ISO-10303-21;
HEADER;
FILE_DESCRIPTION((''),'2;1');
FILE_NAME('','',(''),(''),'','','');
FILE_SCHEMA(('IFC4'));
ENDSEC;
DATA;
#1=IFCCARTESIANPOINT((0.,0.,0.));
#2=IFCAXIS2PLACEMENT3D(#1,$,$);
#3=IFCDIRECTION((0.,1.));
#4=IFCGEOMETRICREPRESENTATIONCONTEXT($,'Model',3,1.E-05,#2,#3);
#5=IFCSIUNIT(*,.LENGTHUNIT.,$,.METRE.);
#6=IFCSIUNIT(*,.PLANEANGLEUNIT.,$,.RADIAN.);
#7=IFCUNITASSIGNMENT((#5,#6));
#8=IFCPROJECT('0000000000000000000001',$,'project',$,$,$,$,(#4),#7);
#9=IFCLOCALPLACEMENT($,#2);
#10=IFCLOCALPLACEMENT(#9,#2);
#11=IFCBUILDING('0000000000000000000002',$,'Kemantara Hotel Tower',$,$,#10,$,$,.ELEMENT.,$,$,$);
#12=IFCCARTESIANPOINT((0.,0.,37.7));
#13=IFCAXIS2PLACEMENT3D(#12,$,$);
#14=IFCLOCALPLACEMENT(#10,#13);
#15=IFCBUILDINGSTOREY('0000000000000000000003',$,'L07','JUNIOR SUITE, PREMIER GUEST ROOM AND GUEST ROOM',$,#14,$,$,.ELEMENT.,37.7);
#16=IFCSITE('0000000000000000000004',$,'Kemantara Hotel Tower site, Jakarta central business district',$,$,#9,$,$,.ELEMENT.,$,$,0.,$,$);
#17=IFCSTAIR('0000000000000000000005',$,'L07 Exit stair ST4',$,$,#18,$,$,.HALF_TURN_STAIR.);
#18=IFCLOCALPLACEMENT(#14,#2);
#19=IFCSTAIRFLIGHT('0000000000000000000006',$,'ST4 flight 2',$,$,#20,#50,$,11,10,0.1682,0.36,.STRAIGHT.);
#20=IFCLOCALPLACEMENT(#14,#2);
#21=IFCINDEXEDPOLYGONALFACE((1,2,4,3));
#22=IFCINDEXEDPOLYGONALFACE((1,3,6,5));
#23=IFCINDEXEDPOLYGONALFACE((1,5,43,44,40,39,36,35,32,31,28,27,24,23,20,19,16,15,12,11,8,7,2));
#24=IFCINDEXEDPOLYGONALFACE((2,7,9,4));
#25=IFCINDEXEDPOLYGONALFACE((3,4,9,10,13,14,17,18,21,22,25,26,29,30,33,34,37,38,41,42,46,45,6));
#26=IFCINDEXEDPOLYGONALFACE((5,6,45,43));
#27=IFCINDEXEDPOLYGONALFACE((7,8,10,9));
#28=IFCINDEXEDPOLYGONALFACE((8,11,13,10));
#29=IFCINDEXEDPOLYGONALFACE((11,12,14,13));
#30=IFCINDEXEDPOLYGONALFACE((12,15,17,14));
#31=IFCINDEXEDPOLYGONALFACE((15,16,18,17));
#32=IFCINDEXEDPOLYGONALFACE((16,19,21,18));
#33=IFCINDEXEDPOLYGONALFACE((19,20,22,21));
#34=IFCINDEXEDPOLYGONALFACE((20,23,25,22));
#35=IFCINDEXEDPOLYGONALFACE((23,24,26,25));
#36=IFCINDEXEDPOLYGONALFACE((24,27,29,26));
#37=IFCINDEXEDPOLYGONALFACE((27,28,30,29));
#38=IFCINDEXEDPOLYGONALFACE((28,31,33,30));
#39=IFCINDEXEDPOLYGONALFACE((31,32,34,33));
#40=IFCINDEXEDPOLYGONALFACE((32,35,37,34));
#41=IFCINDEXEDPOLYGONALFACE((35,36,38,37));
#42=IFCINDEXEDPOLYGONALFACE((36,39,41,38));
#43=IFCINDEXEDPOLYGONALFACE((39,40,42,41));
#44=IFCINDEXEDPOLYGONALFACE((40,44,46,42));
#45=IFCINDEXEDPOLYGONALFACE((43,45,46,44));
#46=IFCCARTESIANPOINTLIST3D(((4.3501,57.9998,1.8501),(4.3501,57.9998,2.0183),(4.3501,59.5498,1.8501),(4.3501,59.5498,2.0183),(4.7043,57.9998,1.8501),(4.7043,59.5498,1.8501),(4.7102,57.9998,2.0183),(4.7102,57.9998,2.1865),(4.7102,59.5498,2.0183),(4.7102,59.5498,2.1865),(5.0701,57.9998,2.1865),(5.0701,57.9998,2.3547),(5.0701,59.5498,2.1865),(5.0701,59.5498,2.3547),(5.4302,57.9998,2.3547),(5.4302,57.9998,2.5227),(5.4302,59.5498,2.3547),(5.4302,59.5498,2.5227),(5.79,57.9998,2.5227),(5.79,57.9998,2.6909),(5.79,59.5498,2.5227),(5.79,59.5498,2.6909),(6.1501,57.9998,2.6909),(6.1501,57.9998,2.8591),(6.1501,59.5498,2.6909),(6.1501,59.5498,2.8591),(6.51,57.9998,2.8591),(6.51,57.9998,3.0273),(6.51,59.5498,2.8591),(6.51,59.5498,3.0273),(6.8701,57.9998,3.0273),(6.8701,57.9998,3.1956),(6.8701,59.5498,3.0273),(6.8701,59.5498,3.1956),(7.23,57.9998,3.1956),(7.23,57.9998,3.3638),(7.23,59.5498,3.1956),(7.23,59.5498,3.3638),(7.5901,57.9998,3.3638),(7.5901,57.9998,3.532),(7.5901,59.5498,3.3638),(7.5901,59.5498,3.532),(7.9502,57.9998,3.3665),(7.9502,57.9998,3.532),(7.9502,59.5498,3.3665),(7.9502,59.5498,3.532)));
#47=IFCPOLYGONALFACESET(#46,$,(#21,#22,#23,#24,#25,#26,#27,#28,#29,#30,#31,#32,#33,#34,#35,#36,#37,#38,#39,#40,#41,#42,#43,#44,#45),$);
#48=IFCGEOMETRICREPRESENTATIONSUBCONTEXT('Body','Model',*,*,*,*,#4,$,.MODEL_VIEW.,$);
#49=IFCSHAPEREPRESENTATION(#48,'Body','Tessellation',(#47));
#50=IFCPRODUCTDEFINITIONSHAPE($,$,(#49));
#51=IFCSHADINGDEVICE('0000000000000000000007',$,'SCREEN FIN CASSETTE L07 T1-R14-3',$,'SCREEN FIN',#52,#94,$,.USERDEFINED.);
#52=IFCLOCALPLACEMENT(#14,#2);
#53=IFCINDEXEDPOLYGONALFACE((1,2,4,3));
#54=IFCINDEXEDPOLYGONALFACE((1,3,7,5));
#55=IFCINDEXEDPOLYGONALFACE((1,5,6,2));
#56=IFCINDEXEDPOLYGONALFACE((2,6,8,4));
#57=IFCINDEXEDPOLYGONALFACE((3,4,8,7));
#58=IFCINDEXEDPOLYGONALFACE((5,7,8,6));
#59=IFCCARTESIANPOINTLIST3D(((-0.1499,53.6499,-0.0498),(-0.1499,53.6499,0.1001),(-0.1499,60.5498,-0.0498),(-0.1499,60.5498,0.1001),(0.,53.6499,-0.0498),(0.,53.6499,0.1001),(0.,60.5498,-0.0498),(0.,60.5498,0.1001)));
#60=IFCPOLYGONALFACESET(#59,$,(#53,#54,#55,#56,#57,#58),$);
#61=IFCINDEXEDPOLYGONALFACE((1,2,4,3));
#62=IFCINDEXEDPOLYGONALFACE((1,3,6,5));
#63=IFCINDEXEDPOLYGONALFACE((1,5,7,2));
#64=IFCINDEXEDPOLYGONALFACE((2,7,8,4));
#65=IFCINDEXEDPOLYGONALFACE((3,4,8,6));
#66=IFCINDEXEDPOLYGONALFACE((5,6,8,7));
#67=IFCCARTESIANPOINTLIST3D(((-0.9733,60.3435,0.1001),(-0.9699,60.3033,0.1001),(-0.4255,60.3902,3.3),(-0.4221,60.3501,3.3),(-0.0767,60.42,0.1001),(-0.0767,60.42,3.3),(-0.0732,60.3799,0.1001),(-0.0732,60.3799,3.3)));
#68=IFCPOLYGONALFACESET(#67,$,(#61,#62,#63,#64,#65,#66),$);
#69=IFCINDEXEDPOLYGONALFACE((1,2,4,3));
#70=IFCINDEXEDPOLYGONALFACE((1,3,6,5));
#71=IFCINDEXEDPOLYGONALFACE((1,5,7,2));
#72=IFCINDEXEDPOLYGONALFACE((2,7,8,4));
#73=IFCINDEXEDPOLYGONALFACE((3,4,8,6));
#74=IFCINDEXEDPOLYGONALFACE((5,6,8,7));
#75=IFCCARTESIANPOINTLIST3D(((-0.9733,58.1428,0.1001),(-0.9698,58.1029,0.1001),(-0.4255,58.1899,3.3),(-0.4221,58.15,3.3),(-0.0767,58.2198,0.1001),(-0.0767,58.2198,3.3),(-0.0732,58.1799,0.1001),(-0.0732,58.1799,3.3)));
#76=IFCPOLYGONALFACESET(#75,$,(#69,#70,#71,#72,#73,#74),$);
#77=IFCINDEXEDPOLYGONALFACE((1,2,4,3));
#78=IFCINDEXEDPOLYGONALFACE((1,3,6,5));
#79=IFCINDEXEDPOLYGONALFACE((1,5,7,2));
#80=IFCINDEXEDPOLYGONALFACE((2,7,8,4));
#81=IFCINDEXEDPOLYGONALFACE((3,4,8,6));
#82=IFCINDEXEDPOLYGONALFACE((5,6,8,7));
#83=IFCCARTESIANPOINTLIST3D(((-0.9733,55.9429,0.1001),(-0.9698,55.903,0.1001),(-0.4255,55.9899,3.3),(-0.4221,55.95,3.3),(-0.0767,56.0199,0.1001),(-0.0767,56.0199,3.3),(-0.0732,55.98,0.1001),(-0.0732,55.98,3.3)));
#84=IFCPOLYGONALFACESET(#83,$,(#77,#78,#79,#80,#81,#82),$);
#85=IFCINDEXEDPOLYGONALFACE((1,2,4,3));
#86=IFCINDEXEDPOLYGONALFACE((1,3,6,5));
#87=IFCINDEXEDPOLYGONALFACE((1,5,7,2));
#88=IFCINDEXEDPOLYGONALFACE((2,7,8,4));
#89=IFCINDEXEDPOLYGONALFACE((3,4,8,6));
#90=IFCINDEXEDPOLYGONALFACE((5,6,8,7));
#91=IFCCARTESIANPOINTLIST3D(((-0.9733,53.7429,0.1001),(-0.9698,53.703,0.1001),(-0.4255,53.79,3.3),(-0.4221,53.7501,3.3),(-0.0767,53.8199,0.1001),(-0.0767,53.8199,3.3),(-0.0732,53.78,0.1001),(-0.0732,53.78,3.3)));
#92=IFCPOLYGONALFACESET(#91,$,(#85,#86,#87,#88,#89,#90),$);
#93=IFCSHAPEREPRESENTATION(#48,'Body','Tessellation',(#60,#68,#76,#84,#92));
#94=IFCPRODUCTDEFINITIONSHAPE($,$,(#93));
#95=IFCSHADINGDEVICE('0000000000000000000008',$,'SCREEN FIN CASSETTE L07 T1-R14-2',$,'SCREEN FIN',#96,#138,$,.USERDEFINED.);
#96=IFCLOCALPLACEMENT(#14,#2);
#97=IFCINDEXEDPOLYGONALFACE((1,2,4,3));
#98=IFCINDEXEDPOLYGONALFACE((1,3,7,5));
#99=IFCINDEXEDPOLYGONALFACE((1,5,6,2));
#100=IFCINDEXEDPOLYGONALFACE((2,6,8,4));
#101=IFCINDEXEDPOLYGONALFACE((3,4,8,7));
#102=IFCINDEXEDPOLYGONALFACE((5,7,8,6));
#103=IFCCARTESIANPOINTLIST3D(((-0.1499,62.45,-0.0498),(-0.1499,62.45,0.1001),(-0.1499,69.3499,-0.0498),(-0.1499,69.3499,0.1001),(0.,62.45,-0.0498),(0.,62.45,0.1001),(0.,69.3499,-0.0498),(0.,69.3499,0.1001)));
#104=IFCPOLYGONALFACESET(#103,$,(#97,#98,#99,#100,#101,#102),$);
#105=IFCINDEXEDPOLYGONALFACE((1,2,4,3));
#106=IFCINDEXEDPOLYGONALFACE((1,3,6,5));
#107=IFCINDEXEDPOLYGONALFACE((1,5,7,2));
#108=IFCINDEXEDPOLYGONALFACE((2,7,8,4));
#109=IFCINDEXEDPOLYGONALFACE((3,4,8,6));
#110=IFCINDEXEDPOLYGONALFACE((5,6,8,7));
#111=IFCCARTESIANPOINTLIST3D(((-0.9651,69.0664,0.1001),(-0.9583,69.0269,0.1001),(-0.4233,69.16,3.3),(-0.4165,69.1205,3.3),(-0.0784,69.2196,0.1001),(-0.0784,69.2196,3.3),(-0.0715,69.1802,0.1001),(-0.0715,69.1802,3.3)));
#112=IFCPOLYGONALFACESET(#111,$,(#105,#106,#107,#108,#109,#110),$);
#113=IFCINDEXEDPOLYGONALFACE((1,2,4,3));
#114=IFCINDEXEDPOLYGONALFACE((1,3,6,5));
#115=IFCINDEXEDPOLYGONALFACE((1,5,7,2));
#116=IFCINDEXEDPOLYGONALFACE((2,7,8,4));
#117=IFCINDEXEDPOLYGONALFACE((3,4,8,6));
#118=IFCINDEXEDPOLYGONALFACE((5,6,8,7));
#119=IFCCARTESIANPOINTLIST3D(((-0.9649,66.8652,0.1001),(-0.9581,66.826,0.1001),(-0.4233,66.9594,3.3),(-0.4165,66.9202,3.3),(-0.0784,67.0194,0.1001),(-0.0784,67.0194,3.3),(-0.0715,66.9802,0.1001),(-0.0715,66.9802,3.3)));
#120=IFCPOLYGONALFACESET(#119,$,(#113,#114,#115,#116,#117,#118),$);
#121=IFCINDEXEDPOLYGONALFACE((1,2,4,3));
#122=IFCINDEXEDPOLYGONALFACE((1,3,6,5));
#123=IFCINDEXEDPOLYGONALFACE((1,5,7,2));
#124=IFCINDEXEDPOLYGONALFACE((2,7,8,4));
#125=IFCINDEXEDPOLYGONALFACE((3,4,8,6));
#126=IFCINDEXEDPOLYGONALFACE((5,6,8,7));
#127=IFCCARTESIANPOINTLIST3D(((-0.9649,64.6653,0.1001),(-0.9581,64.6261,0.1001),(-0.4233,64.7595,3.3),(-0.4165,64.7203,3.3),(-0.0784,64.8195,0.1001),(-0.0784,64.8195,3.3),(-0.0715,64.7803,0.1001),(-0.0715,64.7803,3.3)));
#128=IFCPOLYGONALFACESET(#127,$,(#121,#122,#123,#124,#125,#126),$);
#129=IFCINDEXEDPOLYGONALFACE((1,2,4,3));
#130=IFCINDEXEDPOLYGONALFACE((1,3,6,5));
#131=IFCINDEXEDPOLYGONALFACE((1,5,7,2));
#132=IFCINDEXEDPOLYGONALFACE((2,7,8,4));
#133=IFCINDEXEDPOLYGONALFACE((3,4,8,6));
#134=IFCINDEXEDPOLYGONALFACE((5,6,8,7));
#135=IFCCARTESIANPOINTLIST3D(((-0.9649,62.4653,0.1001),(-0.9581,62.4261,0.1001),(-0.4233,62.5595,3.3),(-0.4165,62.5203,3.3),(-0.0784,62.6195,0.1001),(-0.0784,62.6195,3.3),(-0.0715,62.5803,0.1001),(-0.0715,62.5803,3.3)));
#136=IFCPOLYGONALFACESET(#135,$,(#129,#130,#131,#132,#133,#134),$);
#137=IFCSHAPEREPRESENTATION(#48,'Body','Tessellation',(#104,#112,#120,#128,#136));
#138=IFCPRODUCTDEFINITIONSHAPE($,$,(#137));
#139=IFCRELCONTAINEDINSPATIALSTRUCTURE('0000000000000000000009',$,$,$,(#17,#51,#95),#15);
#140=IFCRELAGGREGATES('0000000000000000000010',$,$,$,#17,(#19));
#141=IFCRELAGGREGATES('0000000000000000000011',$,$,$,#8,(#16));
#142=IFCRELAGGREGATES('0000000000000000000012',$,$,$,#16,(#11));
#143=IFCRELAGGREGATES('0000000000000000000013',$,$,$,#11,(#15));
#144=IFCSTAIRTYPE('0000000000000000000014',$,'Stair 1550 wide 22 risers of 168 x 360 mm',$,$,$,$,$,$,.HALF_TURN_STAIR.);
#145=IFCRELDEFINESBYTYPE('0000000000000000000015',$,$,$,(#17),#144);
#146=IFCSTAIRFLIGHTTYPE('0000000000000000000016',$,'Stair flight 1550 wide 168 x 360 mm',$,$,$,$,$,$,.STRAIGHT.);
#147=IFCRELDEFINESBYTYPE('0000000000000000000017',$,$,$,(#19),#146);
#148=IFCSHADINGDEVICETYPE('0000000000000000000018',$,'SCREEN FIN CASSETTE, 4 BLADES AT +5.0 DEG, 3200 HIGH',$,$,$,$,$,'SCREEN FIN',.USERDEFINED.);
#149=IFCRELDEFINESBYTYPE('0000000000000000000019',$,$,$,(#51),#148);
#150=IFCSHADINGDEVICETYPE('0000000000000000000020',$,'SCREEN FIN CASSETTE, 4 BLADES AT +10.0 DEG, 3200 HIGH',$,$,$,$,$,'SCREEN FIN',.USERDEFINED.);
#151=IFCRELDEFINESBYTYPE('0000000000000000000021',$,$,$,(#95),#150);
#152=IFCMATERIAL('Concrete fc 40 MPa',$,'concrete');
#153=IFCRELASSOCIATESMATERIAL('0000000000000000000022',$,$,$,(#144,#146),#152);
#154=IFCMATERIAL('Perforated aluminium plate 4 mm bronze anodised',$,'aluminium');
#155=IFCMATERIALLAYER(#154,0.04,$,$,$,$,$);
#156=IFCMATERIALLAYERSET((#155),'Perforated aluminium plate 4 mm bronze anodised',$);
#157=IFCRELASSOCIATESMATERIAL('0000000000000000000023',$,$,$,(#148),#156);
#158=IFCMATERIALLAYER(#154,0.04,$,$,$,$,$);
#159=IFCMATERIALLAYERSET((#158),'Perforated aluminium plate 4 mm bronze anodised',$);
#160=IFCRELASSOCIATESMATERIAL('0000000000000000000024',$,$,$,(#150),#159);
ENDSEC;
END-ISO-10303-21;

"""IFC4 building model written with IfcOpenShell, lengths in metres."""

from ifc_helpers import new_model, si_unit, direction, frame, origin, origin_2d, place, context, subcontext, project, spatial, polyline, rectangle, outline, extrude, source, transform, mapped, material, layer, layer_set, type_object, element, aggregate, save


model = new_model("IFC4")

# Units and contexts
model_context = context("Model", 3, precision=1e-05, world=origin(), true_north=direction((0.0, 1.0)))
body_context = subcontext(model_context, "Body", "Model", "MODEL_VIEW")
ifc_project = project(units=[si_unit("LENGTHUNIT", "METRE"), si_unit("PLANEANGLEUNIT", "RADIAN")], contexts=[model_context])

# Site, building, storey
site_placement = place(None, origin())
site = spatial("IfcSite", under=ifc_project, at=site_placement, Name="Kemantara Hotel Tower site, Jakarta central business district", CompositionType="ELEMENT", RefElevation=0.0)
building_placement = place(site_placement, origin())
building = spatial("IfcBuilding", under=site, at=building_placement, Name="Kemantara Hotel Tower", CompositionType="ELEMENT")
storey_placement = place(building_placement, frame((0.0, 0.0, 37.7)))
storey = spatial("IfcBuildingStorey", under=building, at=storey_placement, Name="L07", Description="JUNIOR SUITE, PREMIER GUEST ROOM AND GUEST ROOM", CompositionType="ELEMENT", Elevation=37.7)

# Shared definitions
ifc_material_1 = material(Name="Concrete fc 40 MPa", Category="concrete")

# Stair, stair flight
stair_type = type_object("IfcStairType", Name="Stair 1550 wide 22 risers of 168 x 360 mm", PredefinedType="HALF_TURN_STAIR", material=ifc_material_1)
stair_placement = place(storey_placement, origin())
stair = element("IfcStair", 1, at=stair_placement, inside=storey, type_object=stair_type, Name="L07 Exit stair ST4", PredefinedType="HALF_TURN_STAIR")
stair_flight_type = type_object("IfcStairFlightType", Name="Stair flight 1550 wide 168 x 360 mm", PredefinedType="STRAIGHT", material=ifc_material_1)
stair_flight_1_placement = place(storey_placement, frame((4.3501, 58.7749, 1.8501), z_axis=(0.0, 0.0, 1.0), x_axis=(1.0, 0.0, 0.0)))
stair_flight_1 = element("IfcStairFlight", 2, at=stair_flight_1_placement, type_object=stair_flight_type, Name="ST4 flight 2", NumberOfRisers=11, NumberOfTreads=10, PredefinedType="STRAIGHT", RiserHeight=0.1682, TreadLength=0.36, context=body_context, shape_type="SweptSolid", body=[
    extrude(outline(polyline([(0.0, 0.0), (0.0, 0.1682), (0.3601, 0.1682), (0.3601, 0.3364), (0.72, 0.3364), (0.72, 0.5046), (1.0801, 0.5046), (1.0801, 0.6726), (1.4399, 0.6726), (1.4399, 0.8408), (1.8, 0.8408), (1.8, 1.009), (2.1599, 1.009), (2.1599, 1.1772), (2.52, 1.1772), (2.52, 1.3455), (2.8799, 1.3455), (2.8799, 1.5137), (3.24, 1.5137), (3.24, 1.6819), (3.6001, 1.6819), (3.6001, 1.8501), (3.6001, 1.5164), (0.3542, 0.0), (0.0, 0.0)])), frame((0.0, 0.7749, 0.0), z_axis=(0.0, -1.0, 0.0), x_axis=(1.0, 0.0, 0.0)), (0.0, 0.0, 1.0), 1.55),
])
aggregate(stair, [stair_flight_1])

# Shading devices
ifc_material_2 = material(Name="Perforated aluminium plate 4 mm bronze anodised", Category="aluminium")
ifc_layer_1 = layer(ifc_material_2, 0.04)
ifc_layer_set_1 = layer_set([ifc_layer_1], Name="Perforated aluminium plate 4 mm bronze anodised")
shading_device_type_1 = type_object("IfcShadingDeviceType", Name="SCREEN FIN CASSETTE, 4 BLADES AT +5.0 DEG, 3200 HIGH", ElementType="SCREEN FIN", PredefinedType="USERDEFINED", material=ifc_layer_set_1)
shared_shape_1 = source(origin(), body_context, "Body", "SweptSolid", [
    extrude(rectangle(XDim=6.8999, YDim=0.1499, at=origin_2d()), frame((3.3, -0.075, -0.1499), z_axis=(0.0, 0.0, 1.0), x_axis=(1.0, 0.0, 0.0)), (0.0, 0.0, 1.0), 0.1499),
    extrude(outline(polyline([(0.0, 0.0), (0.8999, 0.0), (0.3501, 3.2), (0.0, 3.2), (0.0, 0.0)])), frame((0.02, -0.0732, 0.0), z_axis=(-0.996376, -0.085056, 0.0), x_axis=(0.085056, -0.996376, 0.0)), (0.0, 0.0, 1.0), 0.0403),
    extrude(outline(polyline([(0.0, 0.0), (0.8999, 0.0), (0.3501, 3.2), (0.0, 3.2), (0.0, 0.0)])), frame((2.22, -0.0732, 0.0), z_axis=(-0.996332, -0.085575, 0.0), x_axis=(0.085575, -0.996332, 0.0)), (0.0, 0.0, 1.0), 0.04),
    extrude(outline(polyline([(0.0, 0.0), (0.8999, 0.0), (0.3501, 3.2), (0.0, 3.2), (0.0, 0.0)])), frame((4.4199, -0.0732, 0.0), z_axis=(-0.996332, -0.085575, 0.0), x_axis=(0.085575, -0.996332, 0.0)), (0.0, 0.0, 1.0), 0.04),
    extrude(outline(polyline([(0.0, 0.0), (0.8999, 0.0), (0.3501, 3.2), (0.0, 3.2), (0.0, 0.0)])), frame((6.6199, -0.0732, 0.0), z_axis=(-0.996332, -0.085575, 0.0), x_axis=(0.085575, -0.996332, 0.0)), (0.0, 0.0, 1.0), 0.04),
])
shading_device_1_placement = place(storey_placement, frame((0.0, 60.3999, 0.1001), z_axis=(0.0, 0.0, 1.0), x_axis=(0.0, -1.0, 0.0)))
element("IfcShadingDevice", 3, at=shading_device_1_placement, inside=storey, type_object=shading_device_type_1, Name="SCREEN FIN CASSETTE L07 T1-R14-3", ObjectType="SCREEN FIN", PredefinedType="USERDEFINED", context=body_context, shape_type="MappedRepresentation", body=[
    mapped(shared_shape_1, transform((0.0, 0.0, 0.0))),
])
ifc_layer_2 = layer(ifc_material_2, 0.04)
ifc_layer_set_2 = layer_set([ifc_layer_2], Name="Perforated aluminium plate 4 mm bronze anodised")
shading_device_type_2 = type_object("IfcShadingDeviceType", Name="SCREEN FIN CASSETTE, 4 BLADES AT +10.0 DEG, 3200 HIGH", ElementType="SCREEN FIN", PredefinedType="USERDEFINED", material=ifc_layer_set_2)
shared_shape_2 = source(origin(), body_context, "Body", "SweptSolid", [
    extrude(rectangle(XDim=6.8999, YDim=0.1499, at=origin_2d()), frame((3.3, -0.075, -0.1499), z_axis=(0.0, 0.0, 1.0), x_axis=(1.0, 0.0, 0.0)), (0.0, 0.0, 1.0), 0.1499),
    extrude(outline(polyline([(0.0, 0.0), (0.8999, 0.0), (0.3501, 3.2), (0.0, 3.2), (0.0, 0.0)])), frame((0.0198, -0.0715, 0.0), z_axis=(-0.98539, -0.170314, 0.0), x_axis=(0.170314, -0.98539, 0.0)), (0.0, 0.0, 1.0), 0.04),
    extrude(outline(polyline([(0.0, 0.0), (0.8999, 0.0), (0.3501, 3.2), (0.0, 3.2), (0.0, 0.0)])), frame((2.2197, -0.0715, 0.0), z_axis=(-0.985212, -0.171341, 0.0), x_axis=(0.171341, -0.985212, 0.0)), (0.0, 0.0, 1.0), 0.0398),
    extrude(outline(polyline([(0.0, 0.0), (0.8999, 0.0), (0.3501, 3.2), (0.0, 3.2), (0.0, 0.0)])), frame((4.4197, -0.0715, 0.0), z_axis=(-0.985212, -0.171341, 0.0), x_axis=(0.171341, -0.985212, 0.0)), (0.0, 0.0, 1.0), 0.0398),
    extrude(outline(polyline([(0.0, 0.0), (0.8999, 0.0), (0.3501, 3.2), (0.0, 3.2), (0.0, 0.0)])), frame((6.6196, -0.0715, 0.0), z_axis=(-0.985212, -0.171341, 0.0), x_axis=(0.171341, -0.985212, 0.0)), (0.0, 0.0, 1.0), 0.0398),
])
shading_device_2_placement = place(storey_placement, frame((0.0, 69.2, 0.1001), z_axis=(0.0, 0.0, 1.0), x_axis=(0.0, -1.0, 0.0)))
element("IfcShadingDevice", 4, at=shading_device_2_placement, inside=storey, type_object=shading_device_type_2, Name="SCREEN FIN CASSETTE L07 T1-R14-2", ObjectType="SCREEN FIN", PredefinedType="USERDEFINED", context=body_context, shape_type="MappedRepresentation", body=[
    mapped(shared_shape_2, transform((0.0, 0.0, 0.0))),
])

save(model, "model.ifc")
